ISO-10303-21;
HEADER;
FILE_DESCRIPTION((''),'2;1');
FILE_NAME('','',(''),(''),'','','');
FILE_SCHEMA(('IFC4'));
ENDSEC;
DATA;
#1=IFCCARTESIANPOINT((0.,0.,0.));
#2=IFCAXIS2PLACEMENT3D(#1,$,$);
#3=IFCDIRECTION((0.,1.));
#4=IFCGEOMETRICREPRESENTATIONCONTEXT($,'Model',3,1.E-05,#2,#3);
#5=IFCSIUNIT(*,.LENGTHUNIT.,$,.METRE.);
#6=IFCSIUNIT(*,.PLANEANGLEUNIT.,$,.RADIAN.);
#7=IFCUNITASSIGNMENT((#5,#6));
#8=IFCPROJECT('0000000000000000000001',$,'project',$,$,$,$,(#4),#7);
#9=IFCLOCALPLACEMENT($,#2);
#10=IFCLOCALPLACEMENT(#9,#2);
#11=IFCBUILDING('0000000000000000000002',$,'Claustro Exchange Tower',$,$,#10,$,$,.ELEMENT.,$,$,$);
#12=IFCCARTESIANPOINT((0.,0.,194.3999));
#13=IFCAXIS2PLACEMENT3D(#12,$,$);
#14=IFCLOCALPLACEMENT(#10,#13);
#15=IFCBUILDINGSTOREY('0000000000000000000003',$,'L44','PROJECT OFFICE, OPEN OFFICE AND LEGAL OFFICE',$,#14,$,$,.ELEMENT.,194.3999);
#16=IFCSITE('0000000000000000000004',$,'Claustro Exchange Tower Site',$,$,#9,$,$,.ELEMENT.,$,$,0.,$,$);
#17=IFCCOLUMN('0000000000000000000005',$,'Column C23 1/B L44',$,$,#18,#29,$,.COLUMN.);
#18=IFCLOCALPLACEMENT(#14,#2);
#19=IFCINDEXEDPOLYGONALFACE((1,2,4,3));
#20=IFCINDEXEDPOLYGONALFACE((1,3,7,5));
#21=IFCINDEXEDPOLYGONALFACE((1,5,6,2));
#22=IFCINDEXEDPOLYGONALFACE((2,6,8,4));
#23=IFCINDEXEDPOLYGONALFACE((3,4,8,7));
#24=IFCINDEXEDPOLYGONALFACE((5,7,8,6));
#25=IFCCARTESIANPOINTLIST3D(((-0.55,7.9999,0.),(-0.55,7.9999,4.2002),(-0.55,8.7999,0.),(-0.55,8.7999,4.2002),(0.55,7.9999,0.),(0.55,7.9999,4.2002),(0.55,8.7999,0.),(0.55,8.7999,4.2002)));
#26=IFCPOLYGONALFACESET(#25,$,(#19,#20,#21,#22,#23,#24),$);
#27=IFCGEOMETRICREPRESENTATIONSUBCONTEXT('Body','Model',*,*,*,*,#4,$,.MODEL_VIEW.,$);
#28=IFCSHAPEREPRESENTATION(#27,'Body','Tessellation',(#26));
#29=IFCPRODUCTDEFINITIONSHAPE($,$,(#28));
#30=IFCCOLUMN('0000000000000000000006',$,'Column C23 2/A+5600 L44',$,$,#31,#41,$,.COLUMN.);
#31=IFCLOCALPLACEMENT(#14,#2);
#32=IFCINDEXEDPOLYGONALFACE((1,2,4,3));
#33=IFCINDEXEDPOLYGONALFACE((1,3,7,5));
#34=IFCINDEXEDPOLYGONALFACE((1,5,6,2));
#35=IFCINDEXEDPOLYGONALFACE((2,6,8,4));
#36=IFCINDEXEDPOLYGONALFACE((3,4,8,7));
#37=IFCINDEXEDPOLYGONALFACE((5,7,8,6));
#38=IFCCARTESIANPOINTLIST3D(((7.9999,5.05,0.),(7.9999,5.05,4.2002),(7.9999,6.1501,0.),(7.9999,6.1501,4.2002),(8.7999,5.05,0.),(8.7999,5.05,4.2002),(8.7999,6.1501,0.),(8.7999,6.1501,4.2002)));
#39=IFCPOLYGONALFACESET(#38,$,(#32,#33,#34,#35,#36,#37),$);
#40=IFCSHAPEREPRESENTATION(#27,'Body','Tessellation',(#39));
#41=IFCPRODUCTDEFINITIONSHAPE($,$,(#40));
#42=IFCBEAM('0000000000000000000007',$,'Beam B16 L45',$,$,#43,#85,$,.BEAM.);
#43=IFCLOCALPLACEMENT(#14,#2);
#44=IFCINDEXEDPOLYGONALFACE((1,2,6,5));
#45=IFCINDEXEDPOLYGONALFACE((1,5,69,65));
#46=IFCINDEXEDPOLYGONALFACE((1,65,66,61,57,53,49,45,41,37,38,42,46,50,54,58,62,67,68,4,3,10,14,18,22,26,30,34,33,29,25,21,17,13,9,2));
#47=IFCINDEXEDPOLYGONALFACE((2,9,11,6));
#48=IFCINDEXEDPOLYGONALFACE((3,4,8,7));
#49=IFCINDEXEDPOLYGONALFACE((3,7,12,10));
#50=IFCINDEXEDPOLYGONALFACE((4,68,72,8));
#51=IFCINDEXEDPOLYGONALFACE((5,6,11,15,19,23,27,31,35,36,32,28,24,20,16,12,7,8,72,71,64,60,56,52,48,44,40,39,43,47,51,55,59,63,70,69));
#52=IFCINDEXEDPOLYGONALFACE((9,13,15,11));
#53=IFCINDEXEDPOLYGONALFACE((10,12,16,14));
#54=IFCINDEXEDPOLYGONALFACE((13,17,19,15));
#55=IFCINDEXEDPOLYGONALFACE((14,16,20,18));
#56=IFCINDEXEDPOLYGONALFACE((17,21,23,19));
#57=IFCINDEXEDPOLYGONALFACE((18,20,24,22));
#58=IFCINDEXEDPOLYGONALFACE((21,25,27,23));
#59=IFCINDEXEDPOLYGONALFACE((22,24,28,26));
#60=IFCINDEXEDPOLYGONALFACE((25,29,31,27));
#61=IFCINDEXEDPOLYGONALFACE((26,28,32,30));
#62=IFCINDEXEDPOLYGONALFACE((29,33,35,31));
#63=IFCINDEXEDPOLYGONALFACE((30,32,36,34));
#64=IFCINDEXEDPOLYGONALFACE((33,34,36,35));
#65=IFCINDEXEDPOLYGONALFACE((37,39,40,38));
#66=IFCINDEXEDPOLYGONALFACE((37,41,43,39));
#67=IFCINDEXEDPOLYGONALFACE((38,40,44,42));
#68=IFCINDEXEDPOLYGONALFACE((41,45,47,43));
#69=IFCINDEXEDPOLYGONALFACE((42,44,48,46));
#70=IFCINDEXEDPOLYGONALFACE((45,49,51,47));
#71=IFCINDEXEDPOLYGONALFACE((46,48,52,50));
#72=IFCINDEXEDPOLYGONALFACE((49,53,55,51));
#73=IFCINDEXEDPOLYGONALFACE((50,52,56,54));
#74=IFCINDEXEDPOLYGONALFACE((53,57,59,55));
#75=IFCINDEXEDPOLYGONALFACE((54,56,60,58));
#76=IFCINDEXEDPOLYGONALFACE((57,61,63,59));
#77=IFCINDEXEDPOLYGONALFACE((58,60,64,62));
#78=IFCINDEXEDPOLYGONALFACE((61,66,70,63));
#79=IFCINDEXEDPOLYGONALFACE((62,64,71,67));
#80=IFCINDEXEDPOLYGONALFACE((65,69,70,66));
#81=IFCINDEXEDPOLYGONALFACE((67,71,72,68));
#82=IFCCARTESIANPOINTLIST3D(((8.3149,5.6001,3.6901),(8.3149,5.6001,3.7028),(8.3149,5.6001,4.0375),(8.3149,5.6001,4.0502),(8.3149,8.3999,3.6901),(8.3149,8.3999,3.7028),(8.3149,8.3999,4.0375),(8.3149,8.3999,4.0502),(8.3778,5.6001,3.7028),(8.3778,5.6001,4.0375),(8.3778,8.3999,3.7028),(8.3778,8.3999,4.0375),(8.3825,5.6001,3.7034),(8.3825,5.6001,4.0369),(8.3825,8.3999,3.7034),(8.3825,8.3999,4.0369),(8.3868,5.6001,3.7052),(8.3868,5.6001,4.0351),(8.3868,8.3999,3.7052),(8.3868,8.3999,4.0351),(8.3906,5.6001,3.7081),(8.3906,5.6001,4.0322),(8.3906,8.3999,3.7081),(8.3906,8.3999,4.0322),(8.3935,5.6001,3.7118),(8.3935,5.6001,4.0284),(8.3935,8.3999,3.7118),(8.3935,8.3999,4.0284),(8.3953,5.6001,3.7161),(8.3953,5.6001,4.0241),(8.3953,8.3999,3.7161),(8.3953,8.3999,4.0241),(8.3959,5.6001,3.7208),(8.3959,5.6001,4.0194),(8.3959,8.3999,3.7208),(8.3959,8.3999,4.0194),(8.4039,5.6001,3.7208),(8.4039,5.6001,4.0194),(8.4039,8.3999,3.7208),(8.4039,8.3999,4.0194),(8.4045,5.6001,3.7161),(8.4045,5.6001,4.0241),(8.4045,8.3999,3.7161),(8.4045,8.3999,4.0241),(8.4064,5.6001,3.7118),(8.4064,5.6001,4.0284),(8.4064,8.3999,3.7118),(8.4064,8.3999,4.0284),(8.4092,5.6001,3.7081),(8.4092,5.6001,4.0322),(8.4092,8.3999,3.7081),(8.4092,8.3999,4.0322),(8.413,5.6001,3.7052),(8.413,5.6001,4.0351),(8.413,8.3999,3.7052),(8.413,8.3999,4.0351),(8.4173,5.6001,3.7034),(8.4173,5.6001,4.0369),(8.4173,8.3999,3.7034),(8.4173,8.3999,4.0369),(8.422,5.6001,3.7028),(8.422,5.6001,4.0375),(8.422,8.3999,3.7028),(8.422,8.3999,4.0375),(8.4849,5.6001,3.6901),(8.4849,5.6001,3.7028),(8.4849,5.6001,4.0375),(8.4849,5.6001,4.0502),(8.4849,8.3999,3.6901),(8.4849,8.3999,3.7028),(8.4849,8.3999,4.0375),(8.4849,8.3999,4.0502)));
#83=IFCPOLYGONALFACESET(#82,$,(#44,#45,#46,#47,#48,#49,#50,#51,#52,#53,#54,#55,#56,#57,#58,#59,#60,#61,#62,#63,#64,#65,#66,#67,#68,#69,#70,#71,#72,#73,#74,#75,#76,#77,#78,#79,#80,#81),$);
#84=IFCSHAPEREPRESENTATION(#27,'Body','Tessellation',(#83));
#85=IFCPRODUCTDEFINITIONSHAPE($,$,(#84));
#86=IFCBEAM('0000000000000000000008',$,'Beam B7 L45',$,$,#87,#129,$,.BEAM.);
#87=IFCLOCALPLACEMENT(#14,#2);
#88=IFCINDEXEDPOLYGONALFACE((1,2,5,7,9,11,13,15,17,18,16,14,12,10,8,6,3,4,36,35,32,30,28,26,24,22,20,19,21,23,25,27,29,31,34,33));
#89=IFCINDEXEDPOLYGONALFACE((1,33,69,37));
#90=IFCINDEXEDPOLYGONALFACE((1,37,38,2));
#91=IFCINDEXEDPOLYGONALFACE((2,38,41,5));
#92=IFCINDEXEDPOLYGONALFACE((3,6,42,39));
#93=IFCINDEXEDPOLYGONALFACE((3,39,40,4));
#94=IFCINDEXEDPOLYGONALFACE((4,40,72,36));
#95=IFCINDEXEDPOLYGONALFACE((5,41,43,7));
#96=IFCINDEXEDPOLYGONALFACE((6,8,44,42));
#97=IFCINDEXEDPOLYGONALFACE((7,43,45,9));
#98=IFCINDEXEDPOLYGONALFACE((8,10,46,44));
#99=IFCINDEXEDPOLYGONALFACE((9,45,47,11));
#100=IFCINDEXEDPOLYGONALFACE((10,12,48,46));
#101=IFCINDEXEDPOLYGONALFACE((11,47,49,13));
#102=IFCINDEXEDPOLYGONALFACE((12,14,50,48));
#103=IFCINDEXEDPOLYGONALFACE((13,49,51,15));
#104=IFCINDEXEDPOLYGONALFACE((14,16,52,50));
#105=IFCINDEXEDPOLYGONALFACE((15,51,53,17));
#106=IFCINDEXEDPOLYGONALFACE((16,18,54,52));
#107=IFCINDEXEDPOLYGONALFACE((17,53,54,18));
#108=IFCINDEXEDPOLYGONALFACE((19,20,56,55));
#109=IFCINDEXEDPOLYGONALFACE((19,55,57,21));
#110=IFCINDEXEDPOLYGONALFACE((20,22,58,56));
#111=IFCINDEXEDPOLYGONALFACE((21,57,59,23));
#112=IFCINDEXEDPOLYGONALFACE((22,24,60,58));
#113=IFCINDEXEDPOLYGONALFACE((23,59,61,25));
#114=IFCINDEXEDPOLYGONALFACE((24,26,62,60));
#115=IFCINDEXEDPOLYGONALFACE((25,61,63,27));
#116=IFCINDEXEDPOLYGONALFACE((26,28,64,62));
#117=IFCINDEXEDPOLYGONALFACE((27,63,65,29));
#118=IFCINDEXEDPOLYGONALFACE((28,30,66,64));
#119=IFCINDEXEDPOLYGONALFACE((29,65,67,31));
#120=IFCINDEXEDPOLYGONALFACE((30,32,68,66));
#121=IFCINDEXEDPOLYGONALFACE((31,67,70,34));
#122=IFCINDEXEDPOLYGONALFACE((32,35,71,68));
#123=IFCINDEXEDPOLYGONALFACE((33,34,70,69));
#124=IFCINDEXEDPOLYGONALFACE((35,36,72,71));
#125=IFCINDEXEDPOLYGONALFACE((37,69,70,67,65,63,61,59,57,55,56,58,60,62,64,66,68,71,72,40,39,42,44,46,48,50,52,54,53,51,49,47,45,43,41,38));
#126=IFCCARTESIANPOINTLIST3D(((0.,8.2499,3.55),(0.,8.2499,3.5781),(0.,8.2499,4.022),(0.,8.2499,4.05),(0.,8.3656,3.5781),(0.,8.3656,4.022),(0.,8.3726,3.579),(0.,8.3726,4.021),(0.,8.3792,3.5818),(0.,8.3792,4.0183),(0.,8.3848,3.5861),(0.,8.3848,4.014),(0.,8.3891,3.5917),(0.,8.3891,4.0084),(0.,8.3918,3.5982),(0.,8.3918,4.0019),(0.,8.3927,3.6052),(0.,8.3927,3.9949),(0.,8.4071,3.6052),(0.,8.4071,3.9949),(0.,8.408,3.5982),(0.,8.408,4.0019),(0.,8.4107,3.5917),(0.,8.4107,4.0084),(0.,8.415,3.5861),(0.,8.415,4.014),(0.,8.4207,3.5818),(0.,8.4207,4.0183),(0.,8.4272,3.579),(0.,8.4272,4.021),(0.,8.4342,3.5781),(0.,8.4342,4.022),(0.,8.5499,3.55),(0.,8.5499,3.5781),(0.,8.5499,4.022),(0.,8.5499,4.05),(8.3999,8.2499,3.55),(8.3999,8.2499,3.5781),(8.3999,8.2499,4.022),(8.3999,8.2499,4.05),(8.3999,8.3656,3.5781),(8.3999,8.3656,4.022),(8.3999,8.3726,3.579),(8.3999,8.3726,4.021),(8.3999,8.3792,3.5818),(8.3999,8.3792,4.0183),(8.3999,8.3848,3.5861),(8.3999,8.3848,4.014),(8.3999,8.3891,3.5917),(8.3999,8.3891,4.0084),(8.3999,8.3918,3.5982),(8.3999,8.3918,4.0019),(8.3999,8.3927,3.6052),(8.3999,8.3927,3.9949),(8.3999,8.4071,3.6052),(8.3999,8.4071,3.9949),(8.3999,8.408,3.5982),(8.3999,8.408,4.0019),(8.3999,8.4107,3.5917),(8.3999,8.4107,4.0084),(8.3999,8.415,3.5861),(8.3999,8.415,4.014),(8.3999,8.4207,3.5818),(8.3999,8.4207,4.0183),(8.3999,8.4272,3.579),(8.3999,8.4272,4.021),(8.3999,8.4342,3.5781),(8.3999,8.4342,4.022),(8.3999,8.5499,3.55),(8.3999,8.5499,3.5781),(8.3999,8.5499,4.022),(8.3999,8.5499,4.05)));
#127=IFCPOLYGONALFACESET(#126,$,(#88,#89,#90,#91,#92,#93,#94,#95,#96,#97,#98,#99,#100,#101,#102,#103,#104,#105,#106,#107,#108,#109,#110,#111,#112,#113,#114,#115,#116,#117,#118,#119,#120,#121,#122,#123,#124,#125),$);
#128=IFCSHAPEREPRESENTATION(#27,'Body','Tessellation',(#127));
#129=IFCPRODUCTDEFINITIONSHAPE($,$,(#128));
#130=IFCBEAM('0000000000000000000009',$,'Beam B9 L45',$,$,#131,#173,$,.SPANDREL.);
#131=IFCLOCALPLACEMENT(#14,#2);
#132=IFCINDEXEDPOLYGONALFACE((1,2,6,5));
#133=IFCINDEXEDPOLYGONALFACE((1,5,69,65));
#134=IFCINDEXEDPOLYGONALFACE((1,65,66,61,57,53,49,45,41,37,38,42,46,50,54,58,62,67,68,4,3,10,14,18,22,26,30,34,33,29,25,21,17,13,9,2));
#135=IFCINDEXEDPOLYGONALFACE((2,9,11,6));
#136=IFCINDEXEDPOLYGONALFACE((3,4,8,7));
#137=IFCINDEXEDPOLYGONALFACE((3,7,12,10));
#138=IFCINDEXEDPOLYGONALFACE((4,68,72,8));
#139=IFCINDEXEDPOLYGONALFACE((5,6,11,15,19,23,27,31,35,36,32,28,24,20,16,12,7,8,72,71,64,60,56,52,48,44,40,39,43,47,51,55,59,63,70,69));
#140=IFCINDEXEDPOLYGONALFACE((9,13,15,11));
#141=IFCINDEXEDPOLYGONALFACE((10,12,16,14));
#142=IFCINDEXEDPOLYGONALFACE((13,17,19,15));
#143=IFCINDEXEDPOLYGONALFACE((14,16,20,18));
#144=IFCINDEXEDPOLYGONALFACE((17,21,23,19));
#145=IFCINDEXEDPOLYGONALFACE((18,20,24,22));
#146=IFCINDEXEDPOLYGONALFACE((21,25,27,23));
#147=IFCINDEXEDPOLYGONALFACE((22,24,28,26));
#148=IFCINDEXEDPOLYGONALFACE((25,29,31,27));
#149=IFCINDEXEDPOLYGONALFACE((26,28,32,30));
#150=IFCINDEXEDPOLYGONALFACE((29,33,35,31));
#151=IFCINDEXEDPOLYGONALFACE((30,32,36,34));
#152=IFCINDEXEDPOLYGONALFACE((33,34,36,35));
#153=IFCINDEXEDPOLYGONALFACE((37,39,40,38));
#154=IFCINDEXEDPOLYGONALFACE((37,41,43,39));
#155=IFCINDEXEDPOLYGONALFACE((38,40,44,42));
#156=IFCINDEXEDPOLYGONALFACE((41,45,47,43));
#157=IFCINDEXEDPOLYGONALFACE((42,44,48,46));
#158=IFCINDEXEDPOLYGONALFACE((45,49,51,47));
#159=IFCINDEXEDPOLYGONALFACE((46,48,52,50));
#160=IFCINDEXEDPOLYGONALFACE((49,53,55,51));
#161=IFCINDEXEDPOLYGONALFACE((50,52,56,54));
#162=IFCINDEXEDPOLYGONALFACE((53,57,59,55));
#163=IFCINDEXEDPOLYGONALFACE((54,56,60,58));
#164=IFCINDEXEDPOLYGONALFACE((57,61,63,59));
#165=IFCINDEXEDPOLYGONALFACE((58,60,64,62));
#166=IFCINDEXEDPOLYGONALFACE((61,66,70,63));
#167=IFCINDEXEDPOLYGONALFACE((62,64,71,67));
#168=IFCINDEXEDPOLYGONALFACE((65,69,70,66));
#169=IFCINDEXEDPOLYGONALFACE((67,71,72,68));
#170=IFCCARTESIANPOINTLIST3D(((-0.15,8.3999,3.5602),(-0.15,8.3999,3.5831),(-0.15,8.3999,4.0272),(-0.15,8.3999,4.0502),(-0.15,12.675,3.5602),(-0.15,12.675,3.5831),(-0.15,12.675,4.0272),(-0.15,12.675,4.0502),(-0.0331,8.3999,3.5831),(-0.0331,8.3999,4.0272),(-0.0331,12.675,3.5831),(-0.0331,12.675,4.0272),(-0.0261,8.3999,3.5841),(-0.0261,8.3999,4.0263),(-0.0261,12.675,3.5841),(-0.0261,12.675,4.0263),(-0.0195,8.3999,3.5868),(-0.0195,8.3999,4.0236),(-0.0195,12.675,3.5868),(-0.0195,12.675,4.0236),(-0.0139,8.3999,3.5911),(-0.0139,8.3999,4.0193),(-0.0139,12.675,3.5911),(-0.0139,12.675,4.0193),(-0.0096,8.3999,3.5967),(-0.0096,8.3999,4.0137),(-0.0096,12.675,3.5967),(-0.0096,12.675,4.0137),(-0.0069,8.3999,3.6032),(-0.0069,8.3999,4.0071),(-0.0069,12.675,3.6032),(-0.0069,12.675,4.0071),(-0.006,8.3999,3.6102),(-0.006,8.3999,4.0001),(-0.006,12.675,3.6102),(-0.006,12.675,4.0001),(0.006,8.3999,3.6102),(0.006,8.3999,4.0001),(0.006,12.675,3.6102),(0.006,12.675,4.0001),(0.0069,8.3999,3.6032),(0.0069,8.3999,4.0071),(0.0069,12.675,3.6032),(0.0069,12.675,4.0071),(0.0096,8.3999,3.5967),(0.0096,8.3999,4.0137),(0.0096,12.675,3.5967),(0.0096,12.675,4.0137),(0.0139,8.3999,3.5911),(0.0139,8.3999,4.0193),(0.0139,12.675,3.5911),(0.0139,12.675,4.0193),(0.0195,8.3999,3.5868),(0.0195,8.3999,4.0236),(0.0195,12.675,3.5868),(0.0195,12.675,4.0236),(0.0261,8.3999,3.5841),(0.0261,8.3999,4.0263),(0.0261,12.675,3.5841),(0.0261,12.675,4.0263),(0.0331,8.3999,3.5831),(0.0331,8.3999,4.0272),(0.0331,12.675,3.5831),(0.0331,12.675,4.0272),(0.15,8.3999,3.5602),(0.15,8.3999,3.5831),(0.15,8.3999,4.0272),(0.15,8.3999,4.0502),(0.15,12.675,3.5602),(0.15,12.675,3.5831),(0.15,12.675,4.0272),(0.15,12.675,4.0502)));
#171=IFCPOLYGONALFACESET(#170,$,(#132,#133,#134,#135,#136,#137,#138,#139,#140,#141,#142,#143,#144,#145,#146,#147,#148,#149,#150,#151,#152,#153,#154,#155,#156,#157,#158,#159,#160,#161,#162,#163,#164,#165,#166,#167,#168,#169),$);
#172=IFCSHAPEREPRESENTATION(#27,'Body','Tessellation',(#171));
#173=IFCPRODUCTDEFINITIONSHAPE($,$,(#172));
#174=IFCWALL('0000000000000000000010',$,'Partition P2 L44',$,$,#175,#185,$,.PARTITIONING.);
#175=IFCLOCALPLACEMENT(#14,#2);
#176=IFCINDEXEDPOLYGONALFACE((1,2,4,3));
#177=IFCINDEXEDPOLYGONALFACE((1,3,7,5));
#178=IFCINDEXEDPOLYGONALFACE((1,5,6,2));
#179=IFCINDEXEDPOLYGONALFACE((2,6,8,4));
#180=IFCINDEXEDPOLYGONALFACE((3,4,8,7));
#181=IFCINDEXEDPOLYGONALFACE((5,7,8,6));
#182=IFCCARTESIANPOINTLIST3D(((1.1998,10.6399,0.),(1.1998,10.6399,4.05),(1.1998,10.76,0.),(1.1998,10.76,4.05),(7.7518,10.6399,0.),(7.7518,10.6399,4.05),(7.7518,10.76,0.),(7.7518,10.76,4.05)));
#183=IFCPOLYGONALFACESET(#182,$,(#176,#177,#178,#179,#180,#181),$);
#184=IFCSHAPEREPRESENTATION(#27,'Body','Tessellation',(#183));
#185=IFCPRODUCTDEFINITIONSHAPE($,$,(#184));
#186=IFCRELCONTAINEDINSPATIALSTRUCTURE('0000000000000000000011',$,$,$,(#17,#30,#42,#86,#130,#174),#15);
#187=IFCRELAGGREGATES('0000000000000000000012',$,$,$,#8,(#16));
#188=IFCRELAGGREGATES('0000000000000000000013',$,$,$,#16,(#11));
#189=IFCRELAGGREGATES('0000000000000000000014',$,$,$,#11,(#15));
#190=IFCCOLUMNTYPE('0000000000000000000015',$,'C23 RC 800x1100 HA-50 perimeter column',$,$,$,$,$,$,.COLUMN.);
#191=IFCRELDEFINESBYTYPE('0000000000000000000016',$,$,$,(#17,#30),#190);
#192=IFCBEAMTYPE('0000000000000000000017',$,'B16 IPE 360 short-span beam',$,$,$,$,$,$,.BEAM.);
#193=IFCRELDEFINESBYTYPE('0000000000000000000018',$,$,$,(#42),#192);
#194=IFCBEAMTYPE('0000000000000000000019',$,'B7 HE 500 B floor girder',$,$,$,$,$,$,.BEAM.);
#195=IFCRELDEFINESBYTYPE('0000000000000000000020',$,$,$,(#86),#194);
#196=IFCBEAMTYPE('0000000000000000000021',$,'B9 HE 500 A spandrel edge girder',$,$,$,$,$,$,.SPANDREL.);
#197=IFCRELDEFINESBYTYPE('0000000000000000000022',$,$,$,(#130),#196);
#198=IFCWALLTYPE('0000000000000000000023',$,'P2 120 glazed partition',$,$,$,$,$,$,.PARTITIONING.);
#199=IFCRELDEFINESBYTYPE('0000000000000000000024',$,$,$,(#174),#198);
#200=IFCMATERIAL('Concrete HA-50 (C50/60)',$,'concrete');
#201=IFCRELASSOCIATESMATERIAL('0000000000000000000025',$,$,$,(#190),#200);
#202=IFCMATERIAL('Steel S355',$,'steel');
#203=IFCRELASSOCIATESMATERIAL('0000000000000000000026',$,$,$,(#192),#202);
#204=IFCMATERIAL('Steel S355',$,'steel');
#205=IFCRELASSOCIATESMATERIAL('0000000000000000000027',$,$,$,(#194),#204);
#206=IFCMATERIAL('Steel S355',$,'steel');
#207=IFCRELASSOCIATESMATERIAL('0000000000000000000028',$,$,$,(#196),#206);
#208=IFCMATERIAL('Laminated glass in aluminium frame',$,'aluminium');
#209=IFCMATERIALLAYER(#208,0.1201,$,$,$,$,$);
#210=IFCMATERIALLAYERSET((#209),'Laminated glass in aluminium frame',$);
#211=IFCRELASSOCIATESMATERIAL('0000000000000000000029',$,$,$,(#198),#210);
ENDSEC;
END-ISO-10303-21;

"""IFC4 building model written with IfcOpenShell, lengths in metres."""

from ifc_helpers import new_model, si_unit, direction, frame, frame_2d, origin, origin_2d, place, context, subcontext, project, spatial, rectangle, i_section, extrude, material, layer, layer_set, material_profile, profile_set, type_object, element, save


model = new_model("IFC4")

# Units and contexts
model_context = context("Model", 3, precision=1e-05, world=origin(), true_north=direction((0.0, 1.0)))
body_context = subcontext(model_context, "Body", "Model", "MODEL_VIEW")
ifc_project = project(units=[si_unit("LENGTHUNIT", "METRE"), si_unit("PLANEANGLEUNIT", "RADIAN")], contexts=[model_context])

# Site, building, storey
site_placement = place(None, origin())
site = spatial("IfcSite", under=ifc_project, at=site_placement, Name="Claustro Exchange Tower Site", CompositionType="ELEMENT", RefElevation=0.0)
building_placement = place(site_placement, origin())
building = spatial("IfcBuilding", under=site, at=building_placement, Name="Claustro Exchange Tower", CompositionType="ELEMENT")
storey_placement = place(building_placement, frame((0.0, 0.0, 194.3999)))
storey = spatial("IfcBuildingStorey", under=building, at=storey_placement, Name="L44", Description="PROJECT OFFICE, OPEN OFFICE AND LEGAL OFFICE", CompositionType="ELEMENT", Elevation=194.3999)

# Columns
ifc_material_1 = material(Name="Concrete HA-50 (C50/60)", Category="concrete")
ifc_material_profile_1 = material_profile(ifc_material_1, rectangle(XDim=0.8, YDim=1.1001, at=origin_2d()), Name="RC 800x1100")
ifc_profile_set_1 = profile_set([ifc_material_profile_1], Name="Concrete HA-50 (C50/60)")
column_type = type_object("IfcColumnType", Name="C23 RC 800x1100 HA-50 perimeter column", PredefinedType="COLUMN", material=ifc_profile_set_1)
for number, where, z_axis, x_axis, name in (
    (1, (0.0, 8.3999, 0.0), (0.0, 0.0, 1.0), (0.0, 1.0, 0.0), "Column C23 1/B L44"),
    (2, (8.3999, 5.6001, 0.0), (0.0, 0.0, 1.0), (1.0, 0.0, 0.0), "Column C23 2/A+5600 L44"),
):
    element("IfcColumn", number, at=place(storey_placement, frame(where, z_axis=z_axis, x_axis=x_axis)), inside=storey, type_object=column_type, Name=name, PredefinedType="COLUMN", context=body_context, shape_type="SweptSolid", body=[
        extrude(rectangle(XDim=0.8, YDim=1.1001, at=origin_2d()), origin(), (0.0, 0.0, 1.0), 4.2002),
    ])

# Beams
ifc_material_2 = material(Name="Steel S355", Category="steel")
ifc_material_profile_2 = material_profile(ifc_material_2, i_section(OverallWidth=0.1699, OverallDepth=0.3601, WebThickness=0.0081, FlangeThickness=0.0127, FilletRadius=0.0181, at=origin_2d()), Name="IPE 360")
ifc_profile_set_2 = profile_set([ifc_material_profile_2], Name="Steel S355")
beam_type_1 = type_object("IfcBeamType", Name="B16 IPE 360 short-span beam", PredefinedType="BEAM", material=ifc_profile_set_2)
beam_1_placement = place(storey_placement, frame((8.3999, 5.6001, 3.8701), z_axis=(0.0, 1.0, 0.0), x_axis=(-1.0, 0.0, 0.0)))
element("IfcBeam", 3, at=beam_1_placement, inside=storey, type_object=beam_type_1, Name="Beam B16 L45", PredefinedType="BEAM", context=body_context, shape_type="SweptSolid", body=[
    extrude(i_section(OverallWidth=0.1699, OverallDepth=0.3601, WebThickness=0.0081, FlangeThickness=0.0127, FilletRadius=0.0181, at=origin_2d()), origin(), (0.0, 0.0, 1.0), 2.7998),
])
ifc_material_3 = material(Name="Steel S355", Category="steel")
ifc_material_profile_3 = material_profile(ifc_material_3, i_section(OverallWidth=0.3, OverallDepth=0.5, WebThickness=0.0144, FlangeThickness=0.0281, FilletRadius=0.0271, at=origin_2d()), Name="HE 500 B")
ifc_profile_set_3 = profile_set([ifc_material_profile_3], Name="Steel S355")
beam_type_2 = type_object("IfcBeamType", Name="B7 HE 500 B floor girder", PredefinedType="BEAM", material=ifc_profile_set_3)
beam_2_placement = place(storey_placement, frame((0.0, 8.3999, 3.8), z_axis=(1.0, 0.0, 0.0), x_axis=(0.0, 1.0, 0.0)))
element("IfcBeam", 4, at=beam_2_placement, inside=storey, type_object=beam_type_2, Name="Beam B7 L45", PredefinedType="BEAM", context=body_context, shape_type="SweptSolid", body=[
    extrude(i_section(OverallWidth=0.3, OverallDepth=0.5, WebThickness=0.0144, FlangeThickness=0.0281, FilletRadius=0.0271, at=origin_2d()), origin(), (0.0, 0.0, 1.0), 8.3999),
])
ifc_material_4 = material(Name="Steel S355", Category="steel")
ifc_material_profile_4 = material_profile(ifc_material_4, i_section(OverallWidth=0.3, OverallDepth=0.49, WebThickness=0.012, FlangeThickness=0.0229, FilletRadius=0.0271, at=origin_2d()), Name="HE 500 A")
ifc_profile_set_4 = profile_set([ifc_material_profile_4], Name="Steel S355")
beam_type_3 = type_object("IfcBeamType", Name="B9 HE 500 A spandrel edge girder", PredefinedType="SPANDREL", material=ifc_profile_set_4)
beam_3_placement = place(storey_placement, frame((0.0, 8.3999, 3.8052), z_axis=(0.0, 1.0, 0.0), x_axis=(-1.0, 0.0, 0.0)))
element("IfcBeam", 5, at=beam_3_placement, inside=storey, type_object=beam_type_3, Name="Beam B9 L45", PredefinedType="SPANDREL", context=body_context, shape_type="SweptSolid", body=[
    extrude(i_section(OverallWidth=0.3, OverallDepth=0.49, WebThickness=0.012, FlangeThickness=0.0229, FilletRadius=0.0271, at=origin_2d()), origin(), (0.0, 0.0, 1.0), 4.2751),
])

# Wall
ifc_material_5 = material(Name="Laminated glass in aluminium frame", Category="aluminium")
ifc_layer_1 = layer(ifc_material_5, 0.1201)
ifc_layer_set_1 = layer_set([ifc_layer_1], Name="Laminated glass in aluminium frame")
wall_type_1 = type_object("IfcWallType", Name="P2 120 glazed partition", PredefinedType="PARTITIONING", material=ifc_layer_set_1)
wall_1_placement = place(storey_placement, frame((1.2, 10.7, 0.0), z_axis=(0.0, 0.0, 1.0), x_axis=(1.0, 0.0, 0.0)))
element("IfcWall", 6, at=wall_1_placement, inside=storey, type_object=wall_type_1, Name="Partition P2 L44", PredefinedType="PARTITIONING", context=body_context, shape_type="SweptSolid", body=[
    extrude(rectangle(XDim=6.552, YDim=0.1201, at=frame_2d((3.2759, 0.0))), origin(), (0.0, 0.0, 1.0), 4.05),
])

save(model, "model.ifc")
